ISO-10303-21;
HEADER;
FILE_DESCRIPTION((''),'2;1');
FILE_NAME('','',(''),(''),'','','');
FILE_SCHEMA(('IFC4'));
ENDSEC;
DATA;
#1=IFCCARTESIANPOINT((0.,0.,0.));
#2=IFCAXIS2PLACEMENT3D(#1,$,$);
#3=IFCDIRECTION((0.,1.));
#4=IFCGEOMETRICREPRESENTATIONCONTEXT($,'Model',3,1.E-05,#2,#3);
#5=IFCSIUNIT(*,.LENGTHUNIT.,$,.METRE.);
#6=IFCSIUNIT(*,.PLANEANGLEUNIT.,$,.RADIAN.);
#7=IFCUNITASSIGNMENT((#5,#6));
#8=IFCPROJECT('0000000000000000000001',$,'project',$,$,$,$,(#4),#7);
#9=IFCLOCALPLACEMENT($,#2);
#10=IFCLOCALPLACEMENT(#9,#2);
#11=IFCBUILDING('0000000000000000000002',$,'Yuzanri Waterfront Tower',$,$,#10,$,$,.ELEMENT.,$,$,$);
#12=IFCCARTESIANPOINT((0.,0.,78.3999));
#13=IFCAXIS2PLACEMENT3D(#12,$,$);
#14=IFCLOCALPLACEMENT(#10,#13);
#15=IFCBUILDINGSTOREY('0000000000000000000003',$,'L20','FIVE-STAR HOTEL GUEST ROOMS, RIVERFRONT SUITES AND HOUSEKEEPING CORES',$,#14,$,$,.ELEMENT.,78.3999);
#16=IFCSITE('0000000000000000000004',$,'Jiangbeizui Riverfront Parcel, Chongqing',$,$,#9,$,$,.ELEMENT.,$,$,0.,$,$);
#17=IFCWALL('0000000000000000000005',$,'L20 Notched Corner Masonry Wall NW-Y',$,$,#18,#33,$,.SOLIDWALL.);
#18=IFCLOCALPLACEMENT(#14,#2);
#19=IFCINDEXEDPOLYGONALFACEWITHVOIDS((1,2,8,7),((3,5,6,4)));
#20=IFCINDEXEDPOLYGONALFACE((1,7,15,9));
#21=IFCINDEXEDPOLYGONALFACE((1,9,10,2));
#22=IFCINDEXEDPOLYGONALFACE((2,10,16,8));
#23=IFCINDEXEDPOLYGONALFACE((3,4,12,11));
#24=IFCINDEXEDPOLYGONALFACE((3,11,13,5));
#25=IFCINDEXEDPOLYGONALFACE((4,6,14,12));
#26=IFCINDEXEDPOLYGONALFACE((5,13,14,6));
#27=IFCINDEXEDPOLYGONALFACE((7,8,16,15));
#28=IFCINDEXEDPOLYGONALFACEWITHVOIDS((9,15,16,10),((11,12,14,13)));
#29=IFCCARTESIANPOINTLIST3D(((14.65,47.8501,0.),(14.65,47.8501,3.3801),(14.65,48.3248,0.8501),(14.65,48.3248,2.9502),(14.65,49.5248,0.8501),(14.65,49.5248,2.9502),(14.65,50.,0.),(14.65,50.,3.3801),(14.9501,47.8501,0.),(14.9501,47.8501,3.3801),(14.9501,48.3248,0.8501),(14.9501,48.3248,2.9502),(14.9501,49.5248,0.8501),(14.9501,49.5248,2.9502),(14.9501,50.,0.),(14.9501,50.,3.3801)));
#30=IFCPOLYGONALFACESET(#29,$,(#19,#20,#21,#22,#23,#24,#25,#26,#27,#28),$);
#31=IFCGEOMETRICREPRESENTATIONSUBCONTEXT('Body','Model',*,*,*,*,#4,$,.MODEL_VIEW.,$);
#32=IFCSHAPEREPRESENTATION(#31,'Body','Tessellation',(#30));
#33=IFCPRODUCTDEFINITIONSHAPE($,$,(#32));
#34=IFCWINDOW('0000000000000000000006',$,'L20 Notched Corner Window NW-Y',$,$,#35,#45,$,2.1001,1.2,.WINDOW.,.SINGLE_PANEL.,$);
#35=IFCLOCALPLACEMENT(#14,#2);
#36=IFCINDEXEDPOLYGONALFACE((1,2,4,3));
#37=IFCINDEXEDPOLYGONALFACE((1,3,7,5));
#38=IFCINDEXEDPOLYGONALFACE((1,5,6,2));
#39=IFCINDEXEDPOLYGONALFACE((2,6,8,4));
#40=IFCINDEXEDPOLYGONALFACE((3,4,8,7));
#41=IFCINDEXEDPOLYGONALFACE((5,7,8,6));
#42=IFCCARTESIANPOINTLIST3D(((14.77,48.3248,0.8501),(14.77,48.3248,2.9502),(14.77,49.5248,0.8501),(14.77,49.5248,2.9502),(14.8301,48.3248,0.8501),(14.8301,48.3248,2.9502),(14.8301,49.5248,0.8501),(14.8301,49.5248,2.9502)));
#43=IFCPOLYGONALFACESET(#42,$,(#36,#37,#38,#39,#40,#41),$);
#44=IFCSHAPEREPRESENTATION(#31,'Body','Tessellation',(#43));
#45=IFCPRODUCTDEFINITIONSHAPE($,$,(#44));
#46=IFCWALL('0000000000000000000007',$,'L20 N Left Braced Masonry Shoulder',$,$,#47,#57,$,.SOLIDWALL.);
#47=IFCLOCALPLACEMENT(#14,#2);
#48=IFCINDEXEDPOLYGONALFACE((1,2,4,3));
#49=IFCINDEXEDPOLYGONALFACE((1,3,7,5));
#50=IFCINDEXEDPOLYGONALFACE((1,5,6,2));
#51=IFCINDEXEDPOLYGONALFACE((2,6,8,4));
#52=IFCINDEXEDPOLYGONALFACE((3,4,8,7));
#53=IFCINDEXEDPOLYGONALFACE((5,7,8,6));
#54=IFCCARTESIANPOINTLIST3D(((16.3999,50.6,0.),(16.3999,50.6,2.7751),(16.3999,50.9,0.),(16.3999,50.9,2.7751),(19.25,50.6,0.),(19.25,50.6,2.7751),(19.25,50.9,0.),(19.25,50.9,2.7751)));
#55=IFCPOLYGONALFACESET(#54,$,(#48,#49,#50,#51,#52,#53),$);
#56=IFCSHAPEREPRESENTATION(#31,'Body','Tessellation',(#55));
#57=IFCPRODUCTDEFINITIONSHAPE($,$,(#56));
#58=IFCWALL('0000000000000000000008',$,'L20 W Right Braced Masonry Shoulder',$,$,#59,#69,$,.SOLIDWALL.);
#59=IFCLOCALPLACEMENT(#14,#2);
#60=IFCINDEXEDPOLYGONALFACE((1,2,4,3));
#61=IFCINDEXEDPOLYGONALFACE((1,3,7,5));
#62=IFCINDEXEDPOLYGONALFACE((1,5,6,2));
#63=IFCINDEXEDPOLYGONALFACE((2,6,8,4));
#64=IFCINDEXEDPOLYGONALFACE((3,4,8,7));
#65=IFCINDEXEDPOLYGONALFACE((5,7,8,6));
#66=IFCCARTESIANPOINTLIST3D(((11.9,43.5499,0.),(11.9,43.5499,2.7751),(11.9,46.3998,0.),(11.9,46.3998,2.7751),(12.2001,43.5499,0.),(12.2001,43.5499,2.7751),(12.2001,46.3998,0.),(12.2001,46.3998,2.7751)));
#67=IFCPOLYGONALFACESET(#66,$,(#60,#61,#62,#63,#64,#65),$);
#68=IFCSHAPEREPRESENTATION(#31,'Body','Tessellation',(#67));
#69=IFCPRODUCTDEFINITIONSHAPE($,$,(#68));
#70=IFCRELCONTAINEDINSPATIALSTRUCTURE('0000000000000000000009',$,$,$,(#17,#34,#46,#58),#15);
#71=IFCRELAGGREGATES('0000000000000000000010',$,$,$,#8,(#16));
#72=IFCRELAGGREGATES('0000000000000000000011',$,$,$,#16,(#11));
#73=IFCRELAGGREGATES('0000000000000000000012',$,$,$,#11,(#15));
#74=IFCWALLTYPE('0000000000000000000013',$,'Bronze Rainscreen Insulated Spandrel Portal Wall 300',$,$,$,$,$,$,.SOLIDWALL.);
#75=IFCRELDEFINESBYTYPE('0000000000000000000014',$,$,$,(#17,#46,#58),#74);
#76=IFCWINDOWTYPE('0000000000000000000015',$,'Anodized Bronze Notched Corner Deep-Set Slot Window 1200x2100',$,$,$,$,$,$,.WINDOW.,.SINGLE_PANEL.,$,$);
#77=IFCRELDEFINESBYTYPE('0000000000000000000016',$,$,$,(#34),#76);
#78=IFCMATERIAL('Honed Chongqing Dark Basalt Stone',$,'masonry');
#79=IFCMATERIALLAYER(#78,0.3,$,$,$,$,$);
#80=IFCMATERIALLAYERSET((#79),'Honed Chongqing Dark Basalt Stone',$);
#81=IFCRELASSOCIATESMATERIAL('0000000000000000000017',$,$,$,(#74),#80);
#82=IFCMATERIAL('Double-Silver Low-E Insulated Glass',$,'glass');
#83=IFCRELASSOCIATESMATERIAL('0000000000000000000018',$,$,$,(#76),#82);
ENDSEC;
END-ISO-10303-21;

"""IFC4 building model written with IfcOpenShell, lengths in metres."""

from ifc_helpers import new_model, si_unit, direction, frame, frame_2d, origin, place, context, subcontext, project, spatial, rectangle, extrude, source, transform, mapped, material, layer, layer_set, type_object, element, fill, save


model = new_model("IFC4")

# Units and contexts
model_context = context("Model", 3, precision=1e-05, world=origin(), true_north=direction((0.0, 1.0)))
body_context = subcontext(model_context, "Body", "Model", "MODEL_VIEW")
ifc_project = project(units=[si_unit("LENGTHUNIT", "METRE"), si_unit("PLANEANGLEUNIT", "RADIAN")], contexts=[model_context])

# Site, building, storey
site_placement = place(None, origin())
site = spatial("IfcSite", under=ifc_project, at=site_placement, Name="Jiangbeizui Riverfront Parcel, Chongqing", CompositionType="ELEMENT", RefElevation=0.0)
building_placement = place(site_placement, origin())
building = spatial("IfcBuilding", under=site, at=building_placement, Name="Yuzanri Waterfront Tower", CompositionType="ELEMENT")
storey_placement = place(building_placement, frame((0.0, 0.0, 78.3999)))
storey = spatial("IfcBuildingStorey", under=building, at=storey_placement, Name="L20", Description="FIVE-STAR HOTEL GUEST ROOMS, RIVERFRONT SUITES AND HOUSEKEEPING CORES", CompositionType="ELEMENT", Elevation=78.3999)

# Wall, opening, window
ifc_material_1 = material(Name="Honed Chongqing Dark Basalt Stone", Category="masonry")
ifc_layer_1 = layer(ifc_material_1, 0.3)
ifc_layer_set_1 = layer_set([ifc_layer_1], Name="Honed Chongqing Dark Basalt Stone")
wall_type_1 = type_object("IfcWallType", Name="Bronze Rainscreen Insulated Spandrel Portal Wall 300", PredefinedType="SOLIDWALL", material=ifc_layer_set_1)
wall_1_placement = place(storey_placement, frame((14.8, 50.0, 0.0), z_axis=(0.0, 0.0, 1.0), x_axis=(0.0, -1.0, 0.0)))
wall_1 = element("IfcWall", 1, at=wall_1_placement, inside=storey, type_object=wall_type_1, Name="L20 Notched Corner Masonry Wall NW-Y", PredefinedType="SOLIDWALL", context=body_context, shape_type="SweptSolid", body=[
    extrude(rectangle(XDim=2.1499, YDim=0.3, at=frame_2d((1.075, 0.0))), origin(), (0.0, 0.0, 1.0), 3.3801),
])
opening_1_placement = place(wall_1_placement, frame((0.4751, 0.0, 0.8501)))
opening_1 = element("IfcOpeningElement", 2, at=opening_1_placement, cuts=wall_1, PredefinedType="OPENING", context=body_context, shape_type="SweptSolid", body=[
    extrude(rectangle(XDim=1.2, YDim=2.1001, at=frame_2d((0.6001, 1.05))), frame((0.0, 0.165, 0.0), z_axis=(0.0, -1.0, 0.0), x_axis=(1.0, 0.0, 0.0)), (0.0, 0.0, 1.0), 0.3298),
])
ifc_material_2 = material(Name="Double-Silver Low-E Insulated Glass", Category="glass")
window_type_1 = type_object("IfcWindowType", Name="Anodized Bronze Notched Corner Deep-Set Slot Window 1200x2100", PartitioningType="SINGLE_PANEL", PredefinedType="WINDOW", material=ifc_material_2)
shared_shape_1 = source(origin(), body_context, "Body", "SweptSolid", [
    extrude(rectangle(XDim=1.2, YDim=2.1001, at=frame_2d((0.6001, 1.05))), frame((0.0, 0.03, 0.0), z_axis=(0.0, -1.0, 0.0), x_axis=(1.0, 0.0, 0.0)), (0.0, 0.0, 1.0), 0.0601),
])
window_1_placement = place(opening_1_placement, origin())
window_1 = element("IfcWindow", 3, at=window_1_placement, inside=storey, type_object=window_type_1, Name="L20 Notched Corner Window NW-Y", OverallHeight=2.1001, OverallWidth=1.2, PartitioningType="SINGLE_PANEL", PredefinedType="WINDOW", context=body_context, shape_type="MappedRepresentation", body=[
    mapped(shared_shape_1, transform((0.0, 0.0, 0.0), scale=1.0)),
])
fill(opening_1, window_1)

# Walls
shared_shape_2 = source(origin(), body_context, "Body", "SweptSolid", [
    extrude(rectangle(XDim=2.8501, YDim=0.3, at=frame_2d((1.425, 0.0))), origin(), (0.0, 0.0, 1.0), 2.7751),
])
wall_2_placement = place(storey_placement, frame((16.3999, 50.75, 0.0), z_axis=(0.0, 0.0, 1.0), x_axis=(1.0, 0.0, 0.0)))
element("IfcWall", 4, at=wall_2_placement, inside=storey, type_object=wall_type_1, Name="L20 N Left Braced Masonry Shoulder", PredefinedType="SOLIDWALL", context=body_context, shape_type="MappedRepresentation", body=[
    mapped(shared_shape_2, transform((0.0, 0.0, 0.0), scale=1.0)),
])
shared_shape_3 = source(origin(), body_context, "Body", "SweptSolid", [
    extrude(rectangle(XDim=2.8499, YDim=0.3, at=frame_2d((1.4248, 0.0))), origin(), (0.0, 0.0, 1.0), 2.7751),
])
wall_3_placement = place(storey_placement, frame((12.05, 43.55, 0.0), z_axis=(0.0, 0.0, 1.0), x_axis=(0.0, 1.0, 0.0)))
element("IfcWall", 5, at=wall_3_placement, inside=storey, type_object=wall_type_1, Name="L20 W Right Braced Masonry Shoulder", PredefinedType="SOLIDWALL", context=body_context, shape_type="MappedRepresentation", body=[
    mapped(shared_shape_3, transform((0.0, 0.0, 0.0), scale=1.0)),
])

save(model, "model.ifc")
